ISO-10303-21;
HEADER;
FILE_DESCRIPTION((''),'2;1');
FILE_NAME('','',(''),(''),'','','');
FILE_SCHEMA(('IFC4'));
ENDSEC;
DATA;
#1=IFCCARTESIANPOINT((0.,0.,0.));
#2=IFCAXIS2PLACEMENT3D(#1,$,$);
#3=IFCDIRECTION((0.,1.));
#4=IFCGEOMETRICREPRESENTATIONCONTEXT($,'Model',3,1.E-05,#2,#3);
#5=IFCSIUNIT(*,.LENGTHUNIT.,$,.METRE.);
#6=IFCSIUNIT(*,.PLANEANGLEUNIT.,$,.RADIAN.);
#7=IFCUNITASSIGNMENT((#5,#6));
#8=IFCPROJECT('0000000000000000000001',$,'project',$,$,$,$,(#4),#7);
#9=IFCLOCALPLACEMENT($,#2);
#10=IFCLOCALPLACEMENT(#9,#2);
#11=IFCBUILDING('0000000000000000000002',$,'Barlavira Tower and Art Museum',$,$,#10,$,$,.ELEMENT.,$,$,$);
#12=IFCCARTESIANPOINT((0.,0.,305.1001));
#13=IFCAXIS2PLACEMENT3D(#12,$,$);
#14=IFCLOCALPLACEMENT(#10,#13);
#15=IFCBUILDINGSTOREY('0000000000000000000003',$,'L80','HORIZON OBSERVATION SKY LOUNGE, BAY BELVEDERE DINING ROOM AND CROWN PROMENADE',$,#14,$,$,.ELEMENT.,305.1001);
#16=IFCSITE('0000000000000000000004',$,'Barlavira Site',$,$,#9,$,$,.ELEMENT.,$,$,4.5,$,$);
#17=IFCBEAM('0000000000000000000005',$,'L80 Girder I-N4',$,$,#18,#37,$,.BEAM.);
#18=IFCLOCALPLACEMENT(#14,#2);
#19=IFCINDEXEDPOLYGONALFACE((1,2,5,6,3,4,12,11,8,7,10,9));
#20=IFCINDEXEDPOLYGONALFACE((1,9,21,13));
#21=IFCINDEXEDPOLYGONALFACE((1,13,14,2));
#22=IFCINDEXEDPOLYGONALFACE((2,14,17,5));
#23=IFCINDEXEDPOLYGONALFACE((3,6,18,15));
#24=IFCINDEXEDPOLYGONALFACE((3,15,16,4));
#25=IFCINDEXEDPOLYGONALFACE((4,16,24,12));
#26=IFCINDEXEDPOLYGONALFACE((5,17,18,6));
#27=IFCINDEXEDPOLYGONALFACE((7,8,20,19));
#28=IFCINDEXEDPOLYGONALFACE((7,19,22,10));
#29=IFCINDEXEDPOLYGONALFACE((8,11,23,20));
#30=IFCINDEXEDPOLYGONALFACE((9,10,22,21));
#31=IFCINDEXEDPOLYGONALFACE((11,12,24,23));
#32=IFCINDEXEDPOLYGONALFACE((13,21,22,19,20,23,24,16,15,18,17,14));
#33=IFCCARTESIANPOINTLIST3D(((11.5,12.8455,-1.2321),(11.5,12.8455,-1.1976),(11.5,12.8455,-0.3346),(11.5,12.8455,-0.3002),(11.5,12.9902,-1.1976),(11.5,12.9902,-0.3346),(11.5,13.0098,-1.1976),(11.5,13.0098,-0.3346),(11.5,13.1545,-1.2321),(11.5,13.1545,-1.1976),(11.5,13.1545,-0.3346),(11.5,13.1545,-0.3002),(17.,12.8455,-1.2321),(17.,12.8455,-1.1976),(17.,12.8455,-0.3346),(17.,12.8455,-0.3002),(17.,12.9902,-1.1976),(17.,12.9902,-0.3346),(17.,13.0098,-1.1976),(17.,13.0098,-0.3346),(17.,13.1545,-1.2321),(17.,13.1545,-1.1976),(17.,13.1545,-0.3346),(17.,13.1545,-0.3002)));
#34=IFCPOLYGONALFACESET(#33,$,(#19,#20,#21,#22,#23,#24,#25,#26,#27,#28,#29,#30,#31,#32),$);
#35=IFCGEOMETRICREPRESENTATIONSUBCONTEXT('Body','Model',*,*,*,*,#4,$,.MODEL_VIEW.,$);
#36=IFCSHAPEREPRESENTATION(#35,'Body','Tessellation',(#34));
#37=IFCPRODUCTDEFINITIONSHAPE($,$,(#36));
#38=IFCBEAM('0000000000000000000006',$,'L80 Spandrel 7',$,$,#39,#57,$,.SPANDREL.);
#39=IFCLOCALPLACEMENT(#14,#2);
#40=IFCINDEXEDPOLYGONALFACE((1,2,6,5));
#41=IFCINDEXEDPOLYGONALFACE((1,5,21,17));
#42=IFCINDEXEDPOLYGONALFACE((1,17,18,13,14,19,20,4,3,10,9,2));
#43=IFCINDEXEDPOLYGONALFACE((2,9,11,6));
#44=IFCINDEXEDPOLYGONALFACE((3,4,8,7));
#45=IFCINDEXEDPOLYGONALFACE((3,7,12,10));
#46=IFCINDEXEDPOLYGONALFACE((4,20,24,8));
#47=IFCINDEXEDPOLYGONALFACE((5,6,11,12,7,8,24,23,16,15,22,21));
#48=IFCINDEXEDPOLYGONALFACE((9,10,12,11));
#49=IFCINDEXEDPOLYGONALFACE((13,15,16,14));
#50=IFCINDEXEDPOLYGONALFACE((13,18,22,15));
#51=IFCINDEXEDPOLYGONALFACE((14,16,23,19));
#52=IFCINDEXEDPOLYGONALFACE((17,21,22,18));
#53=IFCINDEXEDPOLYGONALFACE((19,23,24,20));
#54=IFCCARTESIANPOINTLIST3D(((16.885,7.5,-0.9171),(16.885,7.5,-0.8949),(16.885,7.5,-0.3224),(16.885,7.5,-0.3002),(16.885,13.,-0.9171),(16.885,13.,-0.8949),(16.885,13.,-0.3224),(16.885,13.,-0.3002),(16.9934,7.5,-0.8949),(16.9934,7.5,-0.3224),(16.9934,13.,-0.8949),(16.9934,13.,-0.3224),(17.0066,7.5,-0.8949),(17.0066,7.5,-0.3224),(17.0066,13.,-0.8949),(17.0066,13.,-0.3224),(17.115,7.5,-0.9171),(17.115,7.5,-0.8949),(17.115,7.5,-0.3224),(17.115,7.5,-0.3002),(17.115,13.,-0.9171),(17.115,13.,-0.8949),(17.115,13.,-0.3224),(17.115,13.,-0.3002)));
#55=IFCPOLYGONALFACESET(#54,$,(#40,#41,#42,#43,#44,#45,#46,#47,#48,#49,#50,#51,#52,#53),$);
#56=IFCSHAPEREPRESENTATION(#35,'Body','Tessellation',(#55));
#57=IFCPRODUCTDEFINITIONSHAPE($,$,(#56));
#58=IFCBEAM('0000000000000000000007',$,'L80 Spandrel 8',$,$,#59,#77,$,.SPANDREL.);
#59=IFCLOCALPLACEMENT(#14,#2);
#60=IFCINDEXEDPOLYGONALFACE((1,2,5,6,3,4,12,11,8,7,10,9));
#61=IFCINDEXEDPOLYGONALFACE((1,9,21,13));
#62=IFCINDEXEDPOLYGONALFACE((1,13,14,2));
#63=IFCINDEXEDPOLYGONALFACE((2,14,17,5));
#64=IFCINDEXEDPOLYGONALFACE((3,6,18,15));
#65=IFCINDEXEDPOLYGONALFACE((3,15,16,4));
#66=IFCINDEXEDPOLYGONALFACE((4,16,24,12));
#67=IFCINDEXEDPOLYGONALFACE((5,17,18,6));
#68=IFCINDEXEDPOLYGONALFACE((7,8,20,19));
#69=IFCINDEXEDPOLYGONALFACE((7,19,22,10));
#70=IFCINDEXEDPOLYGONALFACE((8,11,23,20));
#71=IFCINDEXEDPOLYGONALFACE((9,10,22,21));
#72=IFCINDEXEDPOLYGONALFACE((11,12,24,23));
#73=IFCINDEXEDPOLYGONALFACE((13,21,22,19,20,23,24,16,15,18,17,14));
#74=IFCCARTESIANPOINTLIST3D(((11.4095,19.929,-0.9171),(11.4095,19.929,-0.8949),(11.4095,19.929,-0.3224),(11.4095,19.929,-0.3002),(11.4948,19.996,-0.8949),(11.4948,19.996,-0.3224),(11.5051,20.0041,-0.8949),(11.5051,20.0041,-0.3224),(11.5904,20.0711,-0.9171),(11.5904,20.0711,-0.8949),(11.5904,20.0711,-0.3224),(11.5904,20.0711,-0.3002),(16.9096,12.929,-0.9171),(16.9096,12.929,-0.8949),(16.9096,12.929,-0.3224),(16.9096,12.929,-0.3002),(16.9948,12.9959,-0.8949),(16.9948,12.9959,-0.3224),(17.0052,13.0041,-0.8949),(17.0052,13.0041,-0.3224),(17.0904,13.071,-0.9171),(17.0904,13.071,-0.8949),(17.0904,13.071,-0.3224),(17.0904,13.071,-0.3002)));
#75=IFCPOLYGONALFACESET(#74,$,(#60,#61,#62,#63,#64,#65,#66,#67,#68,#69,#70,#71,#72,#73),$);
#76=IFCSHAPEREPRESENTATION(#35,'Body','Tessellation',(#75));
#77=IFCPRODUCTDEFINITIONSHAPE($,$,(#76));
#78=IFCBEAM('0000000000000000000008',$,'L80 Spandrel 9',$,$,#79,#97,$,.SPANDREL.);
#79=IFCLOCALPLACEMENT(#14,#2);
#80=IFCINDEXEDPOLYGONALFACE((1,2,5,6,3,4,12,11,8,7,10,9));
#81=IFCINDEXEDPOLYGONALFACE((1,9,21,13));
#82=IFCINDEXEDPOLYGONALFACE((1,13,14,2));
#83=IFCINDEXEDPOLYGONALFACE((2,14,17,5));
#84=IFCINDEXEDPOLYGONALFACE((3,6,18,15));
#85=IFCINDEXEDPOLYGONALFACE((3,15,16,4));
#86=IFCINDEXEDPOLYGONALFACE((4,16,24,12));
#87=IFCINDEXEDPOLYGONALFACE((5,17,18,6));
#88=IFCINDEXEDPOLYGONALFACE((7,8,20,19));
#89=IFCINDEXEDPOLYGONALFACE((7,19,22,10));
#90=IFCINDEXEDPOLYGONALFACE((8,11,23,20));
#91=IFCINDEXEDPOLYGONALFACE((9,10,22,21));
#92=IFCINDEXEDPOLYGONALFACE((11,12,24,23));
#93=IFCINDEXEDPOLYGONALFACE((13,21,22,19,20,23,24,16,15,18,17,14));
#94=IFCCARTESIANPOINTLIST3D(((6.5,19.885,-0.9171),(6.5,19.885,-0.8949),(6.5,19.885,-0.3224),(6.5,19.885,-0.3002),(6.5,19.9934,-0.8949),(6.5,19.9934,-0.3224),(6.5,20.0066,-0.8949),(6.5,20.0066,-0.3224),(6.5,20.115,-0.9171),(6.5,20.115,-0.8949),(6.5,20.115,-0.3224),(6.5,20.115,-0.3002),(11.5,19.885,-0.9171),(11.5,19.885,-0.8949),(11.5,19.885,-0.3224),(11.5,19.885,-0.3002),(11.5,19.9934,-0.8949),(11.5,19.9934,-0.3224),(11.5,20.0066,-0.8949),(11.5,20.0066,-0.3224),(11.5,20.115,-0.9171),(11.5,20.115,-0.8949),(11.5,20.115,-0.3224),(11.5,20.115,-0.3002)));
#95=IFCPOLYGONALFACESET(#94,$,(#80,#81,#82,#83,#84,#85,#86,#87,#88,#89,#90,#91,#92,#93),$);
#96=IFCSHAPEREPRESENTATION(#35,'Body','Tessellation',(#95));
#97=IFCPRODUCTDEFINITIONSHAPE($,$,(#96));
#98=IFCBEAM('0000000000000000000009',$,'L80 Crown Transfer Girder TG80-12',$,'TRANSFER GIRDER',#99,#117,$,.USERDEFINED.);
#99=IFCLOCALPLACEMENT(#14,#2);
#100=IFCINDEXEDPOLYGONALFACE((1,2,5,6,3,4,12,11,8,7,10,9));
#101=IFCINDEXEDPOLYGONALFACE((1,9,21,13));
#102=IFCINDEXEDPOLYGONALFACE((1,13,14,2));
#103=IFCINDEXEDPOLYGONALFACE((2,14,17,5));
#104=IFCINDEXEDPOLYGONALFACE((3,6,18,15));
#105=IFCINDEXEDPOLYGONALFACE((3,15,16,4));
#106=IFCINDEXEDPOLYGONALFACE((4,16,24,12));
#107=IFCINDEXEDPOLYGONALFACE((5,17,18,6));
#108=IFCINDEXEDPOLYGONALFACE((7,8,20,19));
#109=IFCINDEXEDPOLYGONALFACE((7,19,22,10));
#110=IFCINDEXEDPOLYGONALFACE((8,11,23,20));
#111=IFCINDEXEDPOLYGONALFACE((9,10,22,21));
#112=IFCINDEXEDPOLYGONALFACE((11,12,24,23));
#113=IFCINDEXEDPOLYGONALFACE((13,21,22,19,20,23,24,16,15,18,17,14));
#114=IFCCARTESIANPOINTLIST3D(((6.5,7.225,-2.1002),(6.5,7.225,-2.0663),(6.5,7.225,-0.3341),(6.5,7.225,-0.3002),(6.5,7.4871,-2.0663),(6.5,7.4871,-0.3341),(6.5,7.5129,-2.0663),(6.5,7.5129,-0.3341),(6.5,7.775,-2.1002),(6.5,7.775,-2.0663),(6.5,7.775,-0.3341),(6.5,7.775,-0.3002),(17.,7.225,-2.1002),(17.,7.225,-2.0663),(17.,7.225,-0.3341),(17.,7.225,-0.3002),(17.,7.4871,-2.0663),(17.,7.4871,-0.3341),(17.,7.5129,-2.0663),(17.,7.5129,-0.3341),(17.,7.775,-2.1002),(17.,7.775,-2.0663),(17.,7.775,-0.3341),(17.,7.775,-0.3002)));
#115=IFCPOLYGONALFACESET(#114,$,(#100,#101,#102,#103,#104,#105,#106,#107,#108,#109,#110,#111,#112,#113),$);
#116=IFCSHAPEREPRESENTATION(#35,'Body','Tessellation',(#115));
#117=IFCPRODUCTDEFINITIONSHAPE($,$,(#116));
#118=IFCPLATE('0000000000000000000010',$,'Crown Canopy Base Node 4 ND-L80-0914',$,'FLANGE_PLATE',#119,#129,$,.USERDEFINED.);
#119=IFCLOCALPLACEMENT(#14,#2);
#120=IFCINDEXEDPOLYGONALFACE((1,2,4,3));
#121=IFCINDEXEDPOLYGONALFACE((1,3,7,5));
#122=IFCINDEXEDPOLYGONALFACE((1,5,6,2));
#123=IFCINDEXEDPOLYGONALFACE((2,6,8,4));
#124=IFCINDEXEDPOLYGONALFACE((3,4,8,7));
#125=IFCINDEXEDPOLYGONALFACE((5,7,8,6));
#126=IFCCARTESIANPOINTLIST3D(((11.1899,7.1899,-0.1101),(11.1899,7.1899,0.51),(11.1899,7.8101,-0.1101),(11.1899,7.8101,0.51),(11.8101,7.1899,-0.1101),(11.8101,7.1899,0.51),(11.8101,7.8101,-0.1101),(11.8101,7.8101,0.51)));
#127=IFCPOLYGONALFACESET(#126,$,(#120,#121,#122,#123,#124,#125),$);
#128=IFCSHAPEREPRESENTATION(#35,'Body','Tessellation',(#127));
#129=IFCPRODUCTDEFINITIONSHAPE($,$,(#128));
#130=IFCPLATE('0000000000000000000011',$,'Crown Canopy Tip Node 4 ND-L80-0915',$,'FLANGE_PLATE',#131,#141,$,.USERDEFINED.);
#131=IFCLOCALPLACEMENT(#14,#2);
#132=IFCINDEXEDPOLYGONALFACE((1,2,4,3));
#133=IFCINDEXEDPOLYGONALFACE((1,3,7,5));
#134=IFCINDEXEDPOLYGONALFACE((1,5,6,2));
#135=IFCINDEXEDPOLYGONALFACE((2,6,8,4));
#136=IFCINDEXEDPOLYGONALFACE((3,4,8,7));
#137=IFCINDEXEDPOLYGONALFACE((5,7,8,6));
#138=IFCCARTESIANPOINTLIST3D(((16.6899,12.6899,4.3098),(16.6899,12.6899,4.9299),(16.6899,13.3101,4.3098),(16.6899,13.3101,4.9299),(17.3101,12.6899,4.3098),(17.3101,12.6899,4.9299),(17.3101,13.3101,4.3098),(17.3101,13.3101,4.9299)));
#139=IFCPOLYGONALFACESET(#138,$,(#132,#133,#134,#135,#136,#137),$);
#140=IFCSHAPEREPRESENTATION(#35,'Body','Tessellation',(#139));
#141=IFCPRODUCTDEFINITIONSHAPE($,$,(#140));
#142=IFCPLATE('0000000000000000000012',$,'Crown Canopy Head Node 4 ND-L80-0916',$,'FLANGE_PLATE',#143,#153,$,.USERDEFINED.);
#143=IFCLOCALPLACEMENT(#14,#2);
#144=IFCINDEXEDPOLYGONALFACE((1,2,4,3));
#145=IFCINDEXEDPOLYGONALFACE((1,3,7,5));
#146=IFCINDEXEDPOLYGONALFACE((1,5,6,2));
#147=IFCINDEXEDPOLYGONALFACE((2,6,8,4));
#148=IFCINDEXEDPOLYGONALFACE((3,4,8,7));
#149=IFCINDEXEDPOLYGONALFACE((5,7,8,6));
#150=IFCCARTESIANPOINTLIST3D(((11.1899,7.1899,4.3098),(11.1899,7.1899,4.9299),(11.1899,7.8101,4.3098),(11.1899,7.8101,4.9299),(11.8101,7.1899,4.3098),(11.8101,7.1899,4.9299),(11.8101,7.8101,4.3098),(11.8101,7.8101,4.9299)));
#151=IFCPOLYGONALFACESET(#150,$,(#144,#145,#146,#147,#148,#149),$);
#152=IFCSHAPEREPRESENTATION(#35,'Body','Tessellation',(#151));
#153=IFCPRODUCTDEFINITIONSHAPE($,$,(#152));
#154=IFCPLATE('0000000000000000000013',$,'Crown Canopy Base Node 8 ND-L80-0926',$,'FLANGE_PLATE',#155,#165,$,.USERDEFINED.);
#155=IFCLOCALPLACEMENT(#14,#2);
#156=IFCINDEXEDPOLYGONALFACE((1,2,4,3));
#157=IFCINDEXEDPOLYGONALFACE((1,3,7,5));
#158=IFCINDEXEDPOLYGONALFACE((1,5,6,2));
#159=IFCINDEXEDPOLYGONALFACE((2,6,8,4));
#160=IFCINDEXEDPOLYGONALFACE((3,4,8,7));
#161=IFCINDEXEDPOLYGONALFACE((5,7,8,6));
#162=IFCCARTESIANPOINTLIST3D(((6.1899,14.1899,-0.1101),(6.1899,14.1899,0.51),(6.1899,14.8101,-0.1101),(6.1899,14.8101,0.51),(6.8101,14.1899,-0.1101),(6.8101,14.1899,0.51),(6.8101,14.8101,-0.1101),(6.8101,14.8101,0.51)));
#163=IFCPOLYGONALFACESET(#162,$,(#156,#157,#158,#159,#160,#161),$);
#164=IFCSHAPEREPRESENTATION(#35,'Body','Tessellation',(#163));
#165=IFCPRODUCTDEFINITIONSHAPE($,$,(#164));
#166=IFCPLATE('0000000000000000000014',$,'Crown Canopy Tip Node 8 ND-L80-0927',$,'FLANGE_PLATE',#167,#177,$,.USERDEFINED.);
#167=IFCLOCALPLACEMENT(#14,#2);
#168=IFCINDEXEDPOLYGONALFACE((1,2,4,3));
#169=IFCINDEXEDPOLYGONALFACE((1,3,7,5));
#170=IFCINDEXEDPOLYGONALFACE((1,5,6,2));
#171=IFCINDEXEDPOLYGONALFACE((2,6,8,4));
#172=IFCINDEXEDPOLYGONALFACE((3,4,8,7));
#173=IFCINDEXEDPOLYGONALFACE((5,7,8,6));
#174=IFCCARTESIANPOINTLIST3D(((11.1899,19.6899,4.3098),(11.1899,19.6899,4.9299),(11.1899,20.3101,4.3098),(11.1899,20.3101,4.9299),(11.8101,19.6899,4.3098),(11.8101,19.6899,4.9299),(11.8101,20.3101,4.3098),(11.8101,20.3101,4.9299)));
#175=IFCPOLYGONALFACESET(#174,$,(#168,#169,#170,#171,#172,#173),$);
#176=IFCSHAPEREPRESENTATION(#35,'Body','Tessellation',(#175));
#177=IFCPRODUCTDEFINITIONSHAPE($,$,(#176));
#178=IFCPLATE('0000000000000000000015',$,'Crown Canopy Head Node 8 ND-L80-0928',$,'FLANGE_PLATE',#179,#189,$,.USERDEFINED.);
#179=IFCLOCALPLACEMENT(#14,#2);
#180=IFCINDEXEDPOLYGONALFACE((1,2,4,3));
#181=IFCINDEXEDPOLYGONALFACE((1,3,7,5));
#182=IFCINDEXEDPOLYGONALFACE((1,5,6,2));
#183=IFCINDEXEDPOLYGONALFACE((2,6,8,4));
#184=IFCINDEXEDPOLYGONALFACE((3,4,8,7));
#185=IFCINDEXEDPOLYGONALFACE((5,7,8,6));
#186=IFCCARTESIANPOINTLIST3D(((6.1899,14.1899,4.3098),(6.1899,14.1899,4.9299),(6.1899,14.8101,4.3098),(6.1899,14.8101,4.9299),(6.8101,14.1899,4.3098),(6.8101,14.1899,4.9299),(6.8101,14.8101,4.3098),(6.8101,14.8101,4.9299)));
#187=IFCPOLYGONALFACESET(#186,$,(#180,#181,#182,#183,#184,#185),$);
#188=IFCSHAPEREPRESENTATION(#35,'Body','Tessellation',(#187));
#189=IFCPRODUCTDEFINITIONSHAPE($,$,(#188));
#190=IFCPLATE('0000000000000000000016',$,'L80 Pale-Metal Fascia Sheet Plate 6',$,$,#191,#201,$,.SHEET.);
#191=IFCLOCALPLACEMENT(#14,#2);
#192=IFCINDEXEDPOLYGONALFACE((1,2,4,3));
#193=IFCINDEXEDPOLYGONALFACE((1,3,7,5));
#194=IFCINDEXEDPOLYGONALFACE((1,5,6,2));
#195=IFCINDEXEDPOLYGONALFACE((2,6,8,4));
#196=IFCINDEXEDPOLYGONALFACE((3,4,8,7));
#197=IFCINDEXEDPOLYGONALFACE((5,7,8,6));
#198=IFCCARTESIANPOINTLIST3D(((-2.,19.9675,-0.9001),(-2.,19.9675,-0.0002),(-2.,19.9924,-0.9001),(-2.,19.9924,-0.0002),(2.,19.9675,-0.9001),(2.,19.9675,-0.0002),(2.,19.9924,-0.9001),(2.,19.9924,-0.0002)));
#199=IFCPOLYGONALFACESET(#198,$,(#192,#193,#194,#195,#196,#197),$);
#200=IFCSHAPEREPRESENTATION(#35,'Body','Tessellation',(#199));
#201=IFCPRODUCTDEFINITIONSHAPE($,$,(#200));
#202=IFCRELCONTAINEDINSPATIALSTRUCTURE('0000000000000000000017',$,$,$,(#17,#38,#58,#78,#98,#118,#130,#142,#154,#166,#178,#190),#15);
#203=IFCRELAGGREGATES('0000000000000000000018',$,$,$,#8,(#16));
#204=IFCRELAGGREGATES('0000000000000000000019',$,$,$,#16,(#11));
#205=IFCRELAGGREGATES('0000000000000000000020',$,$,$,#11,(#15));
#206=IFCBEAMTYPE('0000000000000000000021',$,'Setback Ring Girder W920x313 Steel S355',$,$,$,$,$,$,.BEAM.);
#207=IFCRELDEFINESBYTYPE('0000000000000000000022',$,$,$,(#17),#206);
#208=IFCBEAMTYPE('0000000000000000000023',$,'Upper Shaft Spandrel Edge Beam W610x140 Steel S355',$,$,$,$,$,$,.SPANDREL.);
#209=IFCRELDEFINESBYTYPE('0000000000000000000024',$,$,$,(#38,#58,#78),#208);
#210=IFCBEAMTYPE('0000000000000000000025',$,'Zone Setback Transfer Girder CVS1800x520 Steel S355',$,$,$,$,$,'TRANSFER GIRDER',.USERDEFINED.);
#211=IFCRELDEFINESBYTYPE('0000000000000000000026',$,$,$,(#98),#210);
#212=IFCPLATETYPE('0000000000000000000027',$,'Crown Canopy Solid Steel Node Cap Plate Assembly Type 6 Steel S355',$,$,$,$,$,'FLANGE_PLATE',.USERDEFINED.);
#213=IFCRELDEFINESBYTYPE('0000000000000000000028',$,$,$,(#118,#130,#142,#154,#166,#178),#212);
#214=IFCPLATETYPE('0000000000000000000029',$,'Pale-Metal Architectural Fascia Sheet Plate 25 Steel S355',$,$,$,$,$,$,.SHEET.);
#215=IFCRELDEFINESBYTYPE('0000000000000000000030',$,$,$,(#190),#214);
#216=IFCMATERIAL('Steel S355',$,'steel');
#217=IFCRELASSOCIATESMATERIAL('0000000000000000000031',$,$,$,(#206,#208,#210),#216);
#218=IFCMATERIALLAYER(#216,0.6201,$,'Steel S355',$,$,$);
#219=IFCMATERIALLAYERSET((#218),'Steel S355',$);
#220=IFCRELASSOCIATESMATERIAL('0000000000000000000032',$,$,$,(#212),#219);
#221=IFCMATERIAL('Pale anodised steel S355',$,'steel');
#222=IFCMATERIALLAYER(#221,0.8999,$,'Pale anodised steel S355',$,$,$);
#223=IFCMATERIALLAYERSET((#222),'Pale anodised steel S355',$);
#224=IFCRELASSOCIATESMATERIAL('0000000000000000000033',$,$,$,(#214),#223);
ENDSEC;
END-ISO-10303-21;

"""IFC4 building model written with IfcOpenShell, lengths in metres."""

from ifc_helpers import new_model, si_unit, direction, frame, origin, origin_2d, place, context, subcontext, project, spatial, rectangle, i_section, extrude, material, layer, layer_set, material_profile, profile_set, type_object, element, save


model = new_model("IFC4")

# Units and contexts
model_context = context("Model", 3, precision=1e-05, world=origin(), true_north=direction((0.0, 1.0)))
body_context = subcontext(model_context, "Body", "Model", "MODEL_VIEW")
ifc_project = project(units=[si_unit("LENGTHUNIT", "METRE"), si_unit("PLANEANGLEUNIT", "RADIAN")], contexts=[model_context])

# Site, building, storey
site_placement = place(None, origin())
site = spatial("IfcSite", under=ifc_project, at=site_placement, Name="Barlavira Site", CompositionType="ELEMENT", RefElevation=4.5)
building_placement = place(site_placement, origin())
building = spatial("IfcBuilding", under=site, at=building_placement, Name="Barlavira Tower and Art Museum", CompositionType="ELEMENT")
storey_placement = place(building_placement, frame((0.0, 0.0, 305.1001)))
storey = spatial("IfcBuildingStorey", under=building, at=storey_placement, Name="L80", Description="HORIZON OBSERVATION SKY LOUNGE, BAY BELVEDERE DINING ROOM AND CROWN PROMENADE", CompositionType="ELEMENT", Elevation=305.1001)

# Shared definitions
ifc_material_1 = material(Name="Steel S355", Category="steel")

# Beams
ifc_material_profile_1 = material_profile(ifc_material_1, i_section(OverallWidth=0.3091, OverallDepth=0.9319, WebThickness=0.0195, FlangeThickness=0.0344, at=origin_2d()), Name="W920x313.0")
ifc_profile_set_1 = profile_set([ifc_material_profile_1], Name="Steel S355")
beam_type_1 = type_object("IfcBeamType", Name="Setback Ring Girder W920x313 Steel S355", PredefinedType="BEAM", material=ifc_profile_set_1)
beam_1_placement = place(storey_placement, frame((11.5, 13.0, -0.7661), z_axis=(1.0, 0.0, 0.0), x_axis=(0.0, 1.0, 0.0)))
element("IfcBeam", 1, at=beam_1_placement, inside=storey, type_object=beam_type_1, Name="L80 Girder I-N4", PredefinedType="BEAM", context=body_context, shape_type="SweptSolid", body=[
    extrude(i_section(OverallWidth=0.3091, OverallDepth=0.9319, WebThickness=0.0195, FlangeThickness=0.0344, at=origin_2d()), origin(), (0.0, 0.0, 1.0), 5.5),
])
ifc_material_profile_2 = material_profile(ifc_material_1, i_section(OverallWidth=0.23, OverallDepth=0.6169, WebThickness=0.0132, FlangeThickness=0.0222, at=origin_2d()), Name="W610x140.0")
ifc_profile_set_2 = profile_set([ifc_material_profile_2], Name="Steel S355")
beam_type_2 = type_object("IfcBeamType", Name="Upper Shaft Spandrel Edge Beam W610x140 Steel S355", PredefinedType="SPANDREL", material=ifc_profile_set_2)
beam_2_placement = place(storey_placement, frame((17.0, 7.5, -0.6086), z_axis=(0.0, 1.0, 0.0), x_axis=(-1.0, 0.0, 0.0)))
element("IfcBeam", 2, at=beam_2_placement, inside=storey, type_object=beam_type_2, Name="L80 Spandrel 7", PredefinedType="SPANDREL", context=body_context, shape_type="SweptSolid", body=[
    extrude(i_section(OverallWidth=0.23, OverallDepth=0.6169, WebThickness=0.0132, FlangeThickness=0.0222, at=origin_2d()), origin(), (0.0, 0.0, 1.0), 5.5),
])
beam_3_placement = place(storey_placement, frame((17.0, 13.0, -0.6086), z_axis=(-0.617822, 0.786318, 0.0), x_axis=(-0.786318, -0.617822, 0.0)))
element("IfcBeam", 3, at=beam_3_placement, inside=storey, type_object=beam_type_2, Name="L80 Spandrel 8", PredefinedType="SPANDREL", context=body_context, shape_type="SweptSolid", body=[
    extrude(i_section(OverallWidth=0.23, OverallDepth=0.6169, WebThickness=0.0132, FlangeThickness=0.0222, at=origin_2d()), origin(), (0.0, 0.0, 1.0), 8.9023),
])
beam_4_placement = place(storey_placement, frame((6.5, 20.0, -0.6086), z_axis=(1.0, 0.0, 0.0), x_axis=(0.0, 1.0, 0.0)))
element("IfcBeam", 4, at=beam_4_placement, inside=storey, type_object=beam_type_2, Name="L80 Spandrel 9", PredefinedType="SPANDREL", context=body_context, shape_type="SweptSolid", body=[
    extrude(i_section(OverallWidth=0.23, OverallDepth=0.6169, WebThickness=0.0132, FlangeThickness=0.0222, at=origin_2d()), origin(), (0.0, 0.0, 1.0), 5.0),
])
ifc_material_profile_3 = material_profile(ifc_material_1, i_section(OverallWidth=0.55, OverallDepth=1.8, WebThickness=0.0259, FlangeThickness=0.0339, at=origin_2d()), Name="CVS1800x520")
ifc_profile_set_3 = profile_set([ifc_material_profile_3], Name="Steel S355")
beam_type_3 = type_object("IfcBeamType", Name="Zone Setback Transfer Girder CVS1800x520 Steel S355", ElementType="TRANSFER GIRDER", PredefinedType="USERDEFINED", material=ifc_profile_set_3)
beam_5_placement = place(storey_placement, frame((6.5, 7.5, -1.2002), z_axis=(1.0, 0.0, 0.0), x_axis=(0.0, 1.0, 0.0)))
element("IfcBeam", 5, at=beam_5_placement, inside=storey, type_object=beam_type_3, Name="L80 Crown Transfer Girder TG80-12", ObjectType="TRANSFER GIRDER", PredefinedType="USERDEFINED", context=body_context, shape_type="SweptSolid", body=[
    extrude(i_section(OverallWidth=0.55, OverallDepth=1.8, WebThickness=0.0259, FlangeThickness=0.0339, at=origin_2d()), origin(), (0.0, 0.0, 1.0), 10.5),
])

# Plates
ifc_layer_1 = layer(ifc_material_1, 0.6201, Name="Steel S355")
ifc_layer_set_1 = layer_set([ifc_layer_1], Name="Steel S355")
plate_type_1 = type_object("IfcPlateType", Name="Crown Canopy Solid Steel Node Cap Plate Assembly Type 6 Steel S355", ElementType="FLANGE_PLATE", PredefinedType="USERDEFINED", material=ifc_layer_set_1)
for number, where, z_axis, x_axis, name in (
    (6, (11.5, 7.5, -0.1101), (0.0, 0.0, 1.0), (1.0, 0.0, 0.0), "Crown Canopy Base Node 4 ND-L80-0914"),
    (7, (17.0, 13.0, 4.3098), (0.0, 0.0, 1.0), (1.0, 0.0, 0.0), "Crown Canopy Tip Node 4 ND-L80-0915"),
    (8, (11.5, 7.5, 4.3098), (0.0, 0.0, 1.0), (1.0, 0.0, 0.0), "Crown Canopy Head Node 4 ND-L80-0916"),
    (9, (6.5, 14.5, -0.1101), (0.0, 0.0, 1.0), (1.0, 0.0, 0.0), "Crown Canopy Base Node 8 ND-L80-0926"),
    (10, (11.5, 20.0, 4.3098), (0.0, 0.0, 1.0), (1.0, 0.0, 0.0), "Crown Canopy Tip Node 8 ND-L80-0927"),
    (11, (6.5, 14.5, 4.3098), (0.0, 0.0, 1.0), (1.0, 0.0, 0.0), "Crown Canopy Head Node 8 ND-L80-0928"),
):
    element("IfcPlate", number, at=place(storey_placement, frame(where, z_axis=z_axis, x_axis=x_axis)), inside=storey, type_object=plate_type_1, Name=name, ObjectType="FLANGE_PLATE", PredefinedType="USERDEFINED", context=body_context, shape_type="SweptSolid", body=[
        extrude(rectangle(XDim=0.6201, YDim=0.6201, at=origin_2d()), origin(), (0.0, 0.0, 1.0), 0.6201),
    ])
ifc_material_2 = material(Name="Pale anodised steel S355", Category="steel")
ifc_layer_2 = layer(ifc_material_2, 0.8999, Name="Pale anodised steel S355")
ifc_layer_set_2 = layer_set([ifc_layer_2], Name="Pale anodised steel S355")
plate_type_2 = type_object("IfcPlateType", Name="Pale-Metal Architectural Fascia Sheet Plate 25 Steel S355", PredefinedType="SHEET", material=ifc_layer_set_2)
plate_placement = place(storey_placement, frame((0.0, 19.98, -0.9001), z_axis=(0.0, 0.0, 1.0), x_axis=(1.0, 0.0, 0.0)))
element("IfcPlate", 12, at=plate_placement, inside=storey, type_object=plate_type_2, Name="L80 Pale-Metal Fascia Sheet Plate 6", PredefinedType="SHEET", context=body_context, shape_type="SweptSolid", body=[
    extrude(rectangle(XDim=4.0, YDim=0.0249, at=origin_2d()), origin(), (0.0, 0.0, 1.0), 0.8999),
])

save(model, "model.ifc")
